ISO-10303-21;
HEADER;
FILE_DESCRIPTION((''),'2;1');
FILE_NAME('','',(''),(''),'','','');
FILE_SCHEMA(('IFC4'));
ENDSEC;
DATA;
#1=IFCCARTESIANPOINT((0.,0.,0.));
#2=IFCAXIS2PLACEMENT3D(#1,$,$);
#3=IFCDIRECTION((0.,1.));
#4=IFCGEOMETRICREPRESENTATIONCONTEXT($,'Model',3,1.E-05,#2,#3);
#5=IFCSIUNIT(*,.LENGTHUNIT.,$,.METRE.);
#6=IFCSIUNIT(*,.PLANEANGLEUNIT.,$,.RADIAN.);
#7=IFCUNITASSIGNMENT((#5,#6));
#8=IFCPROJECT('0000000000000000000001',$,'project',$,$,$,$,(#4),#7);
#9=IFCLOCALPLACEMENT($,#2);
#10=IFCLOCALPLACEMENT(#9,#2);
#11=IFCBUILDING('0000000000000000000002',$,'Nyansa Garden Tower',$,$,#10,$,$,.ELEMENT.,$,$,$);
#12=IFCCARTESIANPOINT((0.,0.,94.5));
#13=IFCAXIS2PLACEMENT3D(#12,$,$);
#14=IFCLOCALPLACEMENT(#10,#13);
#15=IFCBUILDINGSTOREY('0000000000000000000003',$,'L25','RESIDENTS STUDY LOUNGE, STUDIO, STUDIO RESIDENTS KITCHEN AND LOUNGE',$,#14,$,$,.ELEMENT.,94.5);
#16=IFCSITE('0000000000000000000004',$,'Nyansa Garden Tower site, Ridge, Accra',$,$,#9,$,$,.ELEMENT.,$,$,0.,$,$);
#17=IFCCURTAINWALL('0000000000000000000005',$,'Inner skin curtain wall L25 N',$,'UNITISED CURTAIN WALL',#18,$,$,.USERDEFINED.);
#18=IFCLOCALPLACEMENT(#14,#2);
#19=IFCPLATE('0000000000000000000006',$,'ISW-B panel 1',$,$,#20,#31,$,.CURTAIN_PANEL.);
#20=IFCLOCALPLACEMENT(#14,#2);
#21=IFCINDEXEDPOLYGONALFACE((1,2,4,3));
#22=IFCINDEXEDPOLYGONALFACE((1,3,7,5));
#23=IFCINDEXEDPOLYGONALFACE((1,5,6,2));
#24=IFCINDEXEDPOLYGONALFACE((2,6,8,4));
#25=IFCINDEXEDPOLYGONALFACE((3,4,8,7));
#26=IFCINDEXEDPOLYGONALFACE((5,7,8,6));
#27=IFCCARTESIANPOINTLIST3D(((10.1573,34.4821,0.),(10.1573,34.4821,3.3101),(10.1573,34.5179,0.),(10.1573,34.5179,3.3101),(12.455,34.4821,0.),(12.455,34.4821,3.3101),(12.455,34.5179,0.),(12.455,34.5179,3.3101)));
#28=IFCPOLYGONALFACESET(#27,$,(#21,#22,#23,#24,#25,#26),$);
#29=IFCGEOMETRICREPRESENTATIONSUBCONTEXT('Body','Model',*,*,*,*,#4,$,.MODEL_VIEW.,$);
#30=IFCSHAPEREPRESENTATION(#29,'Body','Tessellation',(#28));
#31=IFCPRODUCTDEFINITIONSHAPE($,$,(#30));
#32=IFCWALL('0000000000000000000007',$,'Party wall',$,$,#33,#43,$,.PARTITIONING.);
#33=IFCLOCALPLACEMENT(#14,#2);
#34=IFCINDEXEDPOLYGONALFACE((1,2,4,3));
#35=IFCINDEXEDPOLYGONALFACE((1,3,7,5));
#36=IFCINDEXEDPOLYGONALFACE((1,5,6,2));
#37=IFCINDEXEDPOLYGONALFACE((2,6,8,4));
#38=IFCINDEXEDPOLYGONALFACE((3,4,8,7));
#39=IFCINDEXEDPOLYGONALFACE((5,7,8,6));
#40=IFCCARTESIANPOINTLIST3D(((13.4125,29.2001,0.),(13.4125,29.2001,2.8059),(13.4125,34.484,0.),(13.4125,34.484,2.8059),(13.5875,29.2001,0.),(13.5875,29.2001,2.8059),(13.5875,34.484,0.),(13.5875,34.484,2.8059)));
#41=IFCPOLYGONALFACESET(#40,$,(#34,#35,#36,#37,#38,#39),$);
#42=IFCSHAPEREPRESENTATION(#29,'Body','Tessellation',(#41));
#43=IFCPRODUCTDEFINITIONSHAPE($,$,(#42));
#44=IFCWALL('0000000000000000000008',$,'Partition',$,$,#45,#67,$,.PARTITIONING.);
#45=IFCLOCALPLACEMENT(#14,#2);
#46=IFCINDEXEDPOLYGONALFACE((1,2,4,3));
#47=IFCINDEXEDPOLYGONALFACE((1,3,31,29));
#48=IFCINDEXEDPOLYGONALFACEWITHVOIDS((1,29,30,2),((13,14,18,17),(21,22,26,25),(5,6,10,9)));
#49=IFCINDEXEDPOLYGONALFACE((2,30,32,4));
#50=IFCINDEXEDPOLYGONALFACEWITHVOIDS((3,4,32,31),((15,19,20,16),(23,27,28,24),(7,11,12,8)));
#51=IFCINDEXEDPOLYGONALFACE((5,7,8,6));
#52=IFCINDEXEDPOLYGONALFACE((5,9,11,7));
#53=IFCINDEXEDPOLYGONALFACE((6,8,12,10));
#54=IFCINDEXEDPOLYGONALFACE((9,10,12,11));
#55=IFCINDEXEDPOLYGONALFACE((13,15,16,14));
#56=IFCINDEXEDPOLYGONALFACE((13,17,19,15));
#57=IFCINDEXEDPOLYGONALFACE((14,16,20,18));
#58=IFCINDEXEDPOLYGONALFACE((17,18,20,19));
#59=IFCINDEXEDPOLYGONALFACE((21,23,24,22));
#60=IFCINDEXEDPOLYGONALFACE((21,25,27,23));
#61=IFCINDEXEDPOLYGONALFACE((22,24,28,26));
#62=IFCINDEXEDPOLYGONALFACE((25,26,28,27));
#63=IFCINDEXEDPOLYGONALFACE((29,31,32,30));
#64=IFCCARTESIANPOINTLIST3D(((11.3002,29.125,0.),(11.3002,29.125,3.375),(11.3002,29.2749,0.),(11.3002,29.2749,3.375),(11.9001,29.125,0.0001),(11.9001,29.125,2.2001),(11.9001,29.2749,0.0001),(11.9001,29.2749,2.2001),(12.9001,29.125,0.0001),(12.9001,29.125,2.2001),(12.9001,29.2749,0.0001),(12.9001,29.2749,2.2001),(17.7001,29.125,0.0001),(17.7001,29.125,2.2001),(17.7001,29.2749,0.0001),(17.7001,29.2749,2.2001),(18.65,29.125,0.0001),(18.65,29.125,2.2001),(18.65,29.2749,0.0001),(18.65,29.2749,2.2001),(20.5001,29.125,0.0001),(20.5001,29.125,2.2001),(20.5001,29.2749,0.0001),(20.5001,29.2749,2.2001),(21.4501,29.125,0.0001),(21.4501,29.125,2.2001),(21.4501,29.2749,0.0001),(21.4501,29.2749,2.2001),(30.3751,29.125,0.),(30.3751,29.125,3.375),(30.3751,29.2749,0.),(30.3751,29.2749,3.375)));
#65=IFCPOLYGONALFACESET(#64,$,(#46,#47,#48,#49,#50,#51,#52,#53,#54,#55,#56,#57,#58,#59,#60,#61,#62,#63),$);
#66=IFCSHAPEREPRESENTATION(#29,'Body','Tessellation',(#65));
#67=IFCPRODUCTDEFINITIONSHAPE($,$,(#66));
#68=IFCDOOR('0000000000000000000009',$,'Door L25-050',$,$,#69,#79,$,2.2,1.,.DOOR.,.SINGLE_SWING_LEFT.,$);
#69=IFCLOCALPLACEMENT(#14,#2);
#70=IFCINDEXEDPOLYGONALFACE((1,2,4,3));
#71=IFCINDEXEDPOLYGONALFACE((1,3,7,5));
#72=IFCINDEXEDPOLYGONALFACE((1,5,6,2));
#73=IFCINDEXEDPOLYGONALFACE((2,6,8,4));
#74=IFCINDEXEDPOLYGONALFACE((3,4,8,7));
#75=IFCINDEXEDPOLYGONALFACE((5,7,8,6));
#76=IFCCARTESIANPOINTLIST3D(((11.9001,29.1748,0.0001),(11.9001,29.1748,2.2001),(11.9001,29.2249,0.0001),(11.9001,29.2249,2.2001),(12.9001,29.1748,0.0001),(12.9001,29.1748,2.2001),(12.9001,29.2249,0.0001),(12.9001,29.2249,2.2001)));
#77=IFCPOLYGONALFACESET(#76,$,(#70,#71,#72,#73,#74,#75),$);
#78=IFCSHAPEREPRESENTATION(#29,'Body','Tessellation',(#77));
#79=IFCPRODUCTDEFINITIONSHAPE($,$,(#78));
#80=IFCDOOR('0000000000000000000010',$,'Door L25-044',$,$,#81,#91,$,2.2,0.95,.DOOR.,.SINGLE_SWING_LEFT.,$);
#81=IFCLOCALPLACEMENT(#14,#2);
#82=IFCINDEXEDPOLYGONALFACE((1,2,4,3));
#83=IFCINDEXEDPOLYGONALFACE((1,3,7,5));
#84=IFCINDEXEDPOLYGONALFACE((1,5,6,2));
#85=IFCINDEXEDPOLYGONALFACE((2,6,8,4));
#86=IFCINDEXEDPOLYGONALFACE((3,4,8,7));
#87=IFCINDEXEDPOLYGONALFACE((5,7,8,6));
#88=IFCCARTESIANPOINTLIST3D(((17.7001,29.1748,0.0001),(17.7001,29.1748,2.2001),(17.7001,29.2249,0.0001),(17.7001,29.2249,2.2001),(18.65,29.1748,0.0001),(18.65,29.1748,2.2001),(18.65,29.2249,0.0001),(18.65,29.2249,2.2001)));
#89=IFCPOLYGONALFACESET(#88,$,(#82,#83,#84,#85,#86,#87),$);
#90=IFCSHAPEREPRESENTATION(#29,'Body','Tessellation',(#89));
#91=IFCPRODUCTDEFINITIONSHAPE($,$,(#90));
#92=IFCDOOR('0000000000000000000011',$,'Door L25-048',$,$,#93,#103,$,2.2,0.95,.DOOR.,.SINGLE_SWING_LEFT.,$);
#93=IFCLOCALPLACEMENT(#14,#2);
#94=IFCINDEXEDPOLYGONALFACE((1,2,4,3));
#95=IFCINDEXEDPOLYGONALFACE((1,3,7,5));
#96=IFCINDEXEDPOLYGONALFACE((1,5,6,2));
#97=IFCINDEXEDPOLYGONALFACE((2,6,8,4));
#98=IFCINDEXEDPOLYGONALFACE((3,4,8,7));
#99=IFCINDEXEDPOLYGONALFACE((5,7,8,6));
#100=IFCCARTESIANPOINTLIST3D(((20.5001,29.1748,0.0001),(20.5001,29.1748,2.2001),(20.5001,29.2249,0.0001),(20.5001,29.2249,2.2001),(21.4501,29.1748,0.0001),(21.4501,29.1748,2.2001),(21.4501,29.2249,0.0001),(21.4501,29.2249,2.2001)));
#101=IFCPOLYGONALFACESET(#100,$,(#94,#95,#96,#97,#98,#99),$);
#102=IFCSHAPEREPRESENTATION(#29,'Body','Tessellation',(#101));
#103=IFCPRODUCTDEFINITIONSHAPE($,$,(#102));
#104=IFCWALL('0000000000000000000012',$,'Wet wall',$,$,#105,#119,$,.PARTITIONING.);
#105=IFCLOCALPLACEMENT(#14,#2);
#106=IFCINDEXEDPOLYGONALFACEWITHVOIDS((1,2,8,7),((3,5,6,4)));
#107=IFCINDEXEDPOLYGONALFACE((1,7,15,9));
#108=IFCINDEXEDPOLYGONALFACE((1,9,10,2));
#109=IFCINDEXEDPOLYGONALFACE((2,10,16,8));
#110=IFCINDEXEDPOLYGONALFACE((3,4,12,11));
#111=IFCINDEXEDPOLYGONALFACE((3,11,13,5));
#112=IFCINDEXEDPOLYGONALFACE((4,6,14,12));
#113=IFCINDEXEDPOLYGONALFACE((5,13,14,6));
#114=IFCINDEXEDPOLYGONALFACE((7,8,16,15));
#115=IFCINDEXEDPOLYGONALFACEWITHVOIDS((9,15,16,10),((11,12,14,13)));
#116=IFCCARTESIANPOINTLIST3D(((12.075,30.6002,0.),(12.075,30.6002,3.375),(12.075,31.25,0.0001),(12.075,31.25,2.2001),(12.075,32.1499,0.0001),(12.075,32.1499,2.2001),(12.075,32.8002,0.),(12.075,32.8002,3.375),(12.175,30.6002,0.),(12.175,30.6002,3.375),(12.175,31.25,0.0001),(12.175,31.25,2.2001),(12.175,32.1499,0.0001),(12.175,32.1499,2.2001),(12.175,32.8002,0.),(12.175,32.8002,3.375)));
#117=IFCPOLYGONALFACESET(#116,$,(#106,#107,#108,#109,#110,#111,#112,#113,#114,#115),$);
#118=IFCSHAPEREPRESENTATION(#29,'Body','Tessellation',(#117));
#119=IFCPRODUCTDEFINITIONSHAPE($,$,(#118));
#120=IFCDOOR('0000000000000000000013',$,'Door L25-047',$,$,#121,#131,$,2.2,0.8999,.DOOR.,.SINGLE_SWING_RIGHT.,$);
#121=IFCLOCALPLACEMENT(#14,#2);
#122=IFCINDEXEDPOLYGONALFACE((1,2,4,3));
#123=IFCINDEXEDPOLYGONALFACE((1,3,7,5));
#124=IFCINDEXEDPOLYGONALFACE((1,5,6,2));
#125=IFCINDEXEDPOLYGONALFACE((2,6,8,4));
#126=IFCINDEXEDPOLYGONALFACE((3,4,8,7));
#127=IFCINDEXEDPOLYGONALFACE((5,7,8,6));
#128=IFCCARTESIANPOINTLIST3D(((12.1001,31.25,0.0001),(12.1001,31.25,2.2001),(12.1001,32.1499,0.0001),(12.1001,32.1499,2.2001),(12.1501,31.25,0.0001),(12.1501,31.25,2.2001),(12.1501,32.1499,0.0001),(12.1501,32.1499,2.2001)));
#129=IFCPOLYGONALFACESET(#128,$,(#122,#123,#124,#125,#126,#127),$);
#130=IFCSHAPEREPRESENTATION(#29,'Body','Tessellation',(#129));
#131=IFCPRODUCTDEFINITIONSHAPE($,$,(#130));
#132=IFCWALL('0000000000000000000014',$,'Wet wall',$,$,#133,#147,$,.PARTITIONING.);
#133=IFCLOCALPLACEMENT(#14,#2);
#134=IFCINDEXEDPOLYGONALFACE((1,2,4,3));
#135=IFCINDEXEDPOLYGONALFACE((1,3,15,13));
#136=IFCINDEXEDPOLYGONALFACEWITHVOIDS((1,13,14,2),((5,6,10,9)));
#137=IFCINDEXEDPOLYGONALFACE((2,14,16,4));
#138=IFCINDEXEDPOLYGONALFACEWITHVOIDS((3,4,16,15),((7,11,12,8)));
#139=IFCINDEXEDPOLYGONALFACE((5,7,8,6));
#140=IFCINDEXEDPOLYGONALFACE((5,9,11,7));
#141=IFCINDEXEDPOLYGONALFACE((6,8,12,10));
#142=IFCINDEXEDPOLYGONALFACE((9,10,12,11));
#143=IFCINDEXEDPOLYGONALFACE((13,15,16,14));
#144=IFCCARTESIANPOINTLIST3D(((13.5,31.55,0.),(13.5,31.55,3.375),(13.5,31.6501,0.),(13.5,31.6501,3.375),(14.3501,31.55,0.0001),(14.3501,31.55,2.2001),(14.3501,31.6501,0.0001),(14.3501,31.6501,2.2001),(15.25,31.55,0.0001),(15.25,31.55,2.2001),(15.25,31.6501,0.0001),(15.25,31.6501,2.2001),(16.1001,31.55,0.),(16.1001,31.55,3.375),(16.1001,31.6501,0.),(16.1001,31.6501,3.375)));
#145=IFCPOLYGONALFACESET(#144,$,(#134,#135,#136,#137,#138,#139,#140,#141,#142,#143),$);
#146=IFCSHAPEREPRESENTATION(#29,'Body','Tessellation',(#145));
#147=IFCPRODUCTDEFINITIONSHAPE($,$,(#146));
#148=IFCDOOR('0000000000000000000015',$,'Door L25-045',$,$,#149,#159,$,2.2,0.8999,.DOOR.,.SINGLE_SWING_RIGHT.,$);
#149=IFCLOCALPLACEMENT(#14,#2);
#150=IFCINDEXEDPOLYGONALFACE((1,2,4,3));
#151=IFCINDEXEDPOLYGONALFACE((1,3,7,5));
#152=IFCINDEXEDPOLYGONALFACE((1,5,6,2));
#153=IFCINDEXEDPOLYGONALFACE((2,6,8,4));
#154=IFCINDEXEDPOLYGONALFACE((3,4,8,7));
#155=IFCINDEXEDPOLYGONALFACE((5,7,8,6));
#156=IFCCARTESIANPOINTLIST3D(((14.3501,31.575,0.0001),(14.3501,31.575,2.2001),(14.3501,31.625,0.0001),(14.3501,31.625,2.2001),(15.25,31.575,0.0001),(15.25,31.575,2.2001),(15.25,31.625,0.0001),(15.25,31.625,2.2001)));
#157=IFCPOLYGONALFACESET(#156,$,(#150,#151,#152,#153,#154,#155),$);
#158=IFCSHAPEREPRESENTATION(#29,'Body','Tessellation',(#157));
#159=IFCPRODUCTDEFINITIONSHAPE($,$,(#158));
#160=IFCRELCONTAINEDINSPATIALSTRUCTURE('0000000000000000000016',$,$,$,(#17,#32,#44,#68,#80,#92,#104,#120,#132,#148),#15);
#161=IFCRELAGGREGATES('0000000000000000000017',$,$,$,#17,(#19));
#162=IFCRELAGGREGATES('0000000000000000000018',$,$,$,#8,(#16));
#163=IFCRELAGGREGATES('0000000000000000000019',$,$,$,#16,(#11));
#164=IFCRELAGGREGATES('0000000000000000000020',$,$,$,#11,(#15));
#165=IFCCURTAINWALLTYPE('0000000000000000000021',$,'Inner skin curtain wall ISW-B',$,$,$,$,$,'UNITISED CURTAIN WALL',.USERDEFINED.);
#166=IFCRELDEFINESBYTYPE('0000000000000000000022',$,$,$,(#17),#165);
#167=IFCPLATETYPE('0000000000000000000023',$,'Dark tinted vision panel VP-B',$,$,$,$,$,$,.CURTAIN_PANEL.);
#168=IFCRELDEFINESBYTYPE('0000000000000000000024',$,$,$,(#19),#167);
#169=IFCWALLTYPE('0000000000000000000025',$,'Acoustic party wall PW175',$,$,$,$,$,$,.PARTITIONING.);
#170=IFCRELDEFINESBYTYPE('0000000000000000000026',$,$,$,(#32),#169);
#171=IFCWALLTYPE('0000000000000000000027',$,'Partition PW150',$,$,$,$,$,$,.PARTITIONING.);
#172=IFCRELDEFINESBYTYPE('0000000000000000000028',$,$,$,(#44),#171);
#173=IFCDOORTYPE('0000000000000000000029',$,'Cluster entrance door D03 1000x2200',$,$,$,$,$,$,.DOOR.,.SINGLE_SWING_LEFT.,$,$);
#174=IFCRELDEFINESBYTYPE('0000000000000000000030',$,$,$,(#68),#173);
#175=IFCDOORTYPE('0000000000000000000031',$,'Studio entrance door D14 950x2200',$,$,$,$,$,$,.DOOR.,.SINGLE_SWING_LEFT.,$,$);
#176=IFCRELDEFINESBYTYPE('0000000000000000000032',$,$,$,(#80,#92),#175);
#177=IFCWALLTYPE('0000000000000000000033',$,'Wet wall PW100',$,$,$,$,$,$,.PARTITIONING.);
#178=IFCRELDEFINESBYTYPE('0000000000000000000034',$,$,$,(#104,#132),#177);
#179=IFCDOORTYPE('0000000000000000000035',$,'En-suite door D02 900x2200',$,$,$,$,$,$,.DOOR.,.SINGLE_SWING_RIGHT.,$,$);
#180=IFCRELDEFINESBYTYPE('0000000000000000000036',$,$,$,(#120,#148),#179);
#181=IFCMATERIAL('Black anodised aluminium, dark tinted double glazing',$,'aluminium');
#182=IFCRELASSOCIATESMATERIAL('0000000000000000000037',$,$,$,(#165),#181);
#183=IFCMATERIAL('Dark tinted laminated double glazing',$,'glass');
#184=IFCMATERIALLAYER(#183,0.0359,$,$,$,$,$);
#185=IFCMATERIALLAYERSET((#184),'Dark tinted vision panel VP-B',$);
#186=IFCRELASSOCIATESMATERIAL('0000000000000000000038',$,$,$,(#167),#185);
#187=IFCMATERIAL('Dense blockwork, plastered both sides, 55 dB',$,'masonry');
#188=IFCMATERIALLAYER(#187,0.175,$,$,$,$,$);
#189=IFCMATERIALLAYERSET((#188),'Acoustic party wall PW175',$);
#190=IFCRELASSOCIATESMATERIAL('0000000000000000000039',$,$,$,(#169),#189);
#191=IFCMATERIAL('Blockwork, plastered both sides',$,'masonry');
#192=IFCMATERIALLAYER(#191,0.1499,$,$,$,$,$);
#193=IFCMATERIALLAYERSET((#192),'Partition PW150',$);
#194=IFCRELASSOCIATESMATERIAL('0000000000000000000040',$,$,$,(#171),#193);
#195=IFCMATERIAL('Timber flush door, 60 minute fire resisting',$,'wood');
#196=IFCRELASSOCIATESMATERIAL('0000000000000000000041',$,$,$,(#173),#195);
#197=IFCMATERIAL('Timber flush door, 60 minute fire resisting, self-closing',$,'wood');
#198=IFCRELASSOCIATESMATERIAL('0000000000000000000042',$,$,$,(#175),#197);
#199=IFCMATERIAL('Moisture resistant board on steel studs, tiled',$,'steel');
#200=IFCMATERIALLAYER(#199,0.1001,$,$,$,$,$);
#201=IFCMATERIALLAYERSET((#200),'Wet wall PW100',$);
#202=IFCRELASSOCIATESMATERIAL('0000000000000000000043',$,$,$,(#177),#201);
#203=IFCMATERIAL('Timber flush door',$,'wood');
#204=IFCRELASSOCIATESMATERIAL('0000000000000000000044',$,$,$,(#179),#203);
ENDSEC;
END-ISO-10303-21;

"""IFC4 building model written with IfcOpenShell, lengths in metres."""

from ifc_helpers import new_model, si_unit, direction, frame, frame_2d, origin, origin_2d, place, context, subcontext, project, spatial, rectangle, extrude, material, layer, layer_set, type_object, element, fill, aggregate, save


model = new_model("IFC4")

# Units and contexts
model_context = context("Model", 3, precision=1e-05, world=origin(), true_north=direction((0.0, 1.0)))
body_context = subcontext(model_context, "Body", "Model", "MODEL_VIEW")
ifc_project = project(units=[si_unit("LENGTHUNIT", "METRE"), si_unit("PLANEANGLEUNIT", "RADIAN")], contexts=[model_context])

# Site, building, storey
site_placement = place(None, origin())
site = spatial("IfcSite", under=ifc_project, at=site_placement, Name="Nyansa Garden Tower site, Ridge, Accra", CompositionType="ELEMENT", RefElevation=0.0)
building_placement = place(site_placement, origin())
building = spatial("IfcBuilding", under=site, at=building_placement, Name="Nyansa Garden Tower", CompositionType="ELEMENT")
storey_placement = place(building_placement, frame((0.0, 0.0, 94.5)))
storey = spatial("IfcBuildingStorey", under=building, at=storey_placement, Name="L25", Description="RESIDENTS STUDY LOUNGE, STUDIO, STUDIO RESIDENTS KITCHEN AND LOUNGE", CompositionType="ELEMENT", Elevation=94.5)

# Curtain wall
ifc_material_1 = material(Name="Black anodised aluminium, dark tinted double glazing", Category="aluminium")
curtain_wall_type = type_object("IfcCurtainWallType", Name="Inner skin curtain wall ISW-B", ElementType="UNITISED CURTAIN WALL", PredefinedType="USERDEFINED", material=ifc_material_1)
curtain_wall_placement = place(storey_placement, origin())
curtain_wall = element("IfcCurtainWall", 1, at=curtain_wall_placement, inside=storey, type_object=curtain_wall_type, Name="Inner skin curtain wall L25 N", ObjectType="UNITISED CURTAIN WALL", PredefinedType="USERDEFINED")

# Plate
ifc_material_2 = material(Name="Dark tinted laminated double glazing", Category="glass")
ifc_layer_1 = layer(ifc_material_2, 0.0359)
ifc_layer_set_1 = layer_set([ifc_layer_1], Name="Dark tinted vision panel VP-B")
plate_type = type_object("IfcPlateType", Name="Dark tinted vision panel VP-B", PredefinedType="CURTAIN_PANEL", material=ifc_layer_set_1)
plate_placement = place(storey_placement, frame((11.3062, 34.5, 0.0), z_axis=(0.0, 0.0, 1.0), x_axis=(-1.0, 0.0, 0.0)))
plate = element("IfcPlate", 2, at=plate_placement, type_object=plate_type, Name="ISW-B panel 1", PredefinedType="CURTAIN_PANEL", context=body_context, shape_type="SweptSolid", body=[
    extrude(rectangle(XDim=2.2976, YDim=0.0359, at=origin_2d()), origin(), (0.0, 0.0, 1.0), 3.3101),
])
aggregate(curtain_wall, [plate])

# Wall
ifc_material_3 = material(Name="Dense blockwork, plastered both sides, 55 dB", Category="masonry")
ifc_layer_2 = layer(ifc_material_3, 0.175)
ifc_layer_set_2 = layer_set([ifc_layer_2], Name="Acoustic party wall PW175")
wall_type_1 = type_object("IfcWallType", Name="Acoustic party wall PW175", PredefinedType="PARTITIONING", material=ifc_layer_set_2)
wall_1_placement = place(storey_placement, frame((13.5, 29.2, 0.0), z_axis=(0.0, 0.0, 1.0), x_axis=(0.0, 1.0, 0.0)))
element("IfcWall", 3, at=wall_1_placement, inside=storey, type_object=wall_type_1, Name="Party wall", PredefinedType="PARTITIONING", context=body_context, shape_type="SweptSolid", body=[
    extrude(rectangle(XDim=5.2839, YDim=0.175, at=frame_2d((2.6421, 0.0))), origin(), (0.0, 0.0, 1.0), 2.8059),
])

# Wall, openings, doors
ifc_material_4 = material(Name="Blockwork, plastered both sides", Category="masonry")
ifc_layer_3 = layer(ifc_material_4, 0.1499)
ifc_layer_set_3 = layer_set([ifc_layer_3], Name="Partition PW150")
wall_type_2 = type_object("IfcWallType", Name="Partition PW150", PredefinedType="PARTITIONING", material=ifc_layer_set_3)
wall_2_placement = place(storey_placement, frame((11.3, 29.2, 0.0), z_axis=(0.0, 0.0, 1.0), x_axis=(1.0, 0.0, 0.0)))
wall_2 = element("IfcWall", 4, at=wall_2_placement, inside=storey, type_object=wall_type_2, Name="Partition", PredefinedType="PARTITIONING", context=body_context, shape_type="SweptSolid", body=[
    extrude(rectangle(XDim=19.075, YDim=0.1499, at=frame_2d((9.5376, 0.0))), origin(), (0.0, 0.0, 1.0), 3.375),
])
opening_1_placement = place(wall_2_placement, frame((6.3999, 0.0, 0.0)))
opening_1 = element("IfcOpeningElement", 5, at=opening_1_placement, cuts=wall_2, PredefinedType="OPENING", context=body_context, shape_type="SweptSolid", body=[
    extrude(rectangle(XDim=0.95, YDim=2.2, at=frame_2d((0.4751, 1.1001))), frame((0.0, 0.085, 0.0), z_axis=(0.0, -1.0, 0.0), x_axis=(1.0, 0.0, 0.0)), (0.0, 0.0, 1.0), 0.1699),
])
opening_2_placement = place(wall_2_placement, frame((9.2, 0.0, 0.0)))
opening_2 = element("IfcOpeningElement", 6, at=opening_2_placement, cuts=wall_2, PredefinedType="OPENING", context=body_context, shape_type="SweptSolid", body=[
    extrude(rectangle(XDim=0.95, YDim=2.2, at=frame_2d((0.4751, 1.1001))), frame((0.0, 0.085, 0.0), z_axis=(0.0, -1.0, 0.0), x_axis=(1.0, 0.0, 0.0)), (0.0, 0.0, 1.0), 0.1699),
])
opening_3_placement = place(wall_2_placement, frame((0.6001, 0.0, 0.0)))
opening_3 = element("IfcOpeningElement", 7, at=opening_3_placement, cuts=wall_2, PredefinedType="OPENING", context=body_context, shape_type="SweptSolid", body=[
    extrude(rectangle(XDim=1.0, YDim=2.2, at=frame_2d((0.5, 1.1001))), frame((0.0, 0.085, 0.0), z_axis=(0.0, -1.0, 0.0), x_axis=(1.0, 0.0, 0.0)), (0.0, 0.0, 1.0), 0.1699),
])
ifc_material_5 = material(Name="Timber flush door, 60 minute fire resisting", Category="wood")
door_type_1 = type_object("IfcDoorType", Name="Cluster entrance door D03 1000x2200", OperationType="SINGLE_SWING_LEFT", PredefinedType="DOOR", material=ifc_material_5)
door_1_placement = place(opening_3_placement, origin())
door_1 = element("IfcDoor", 8, at=door_1_placement, inside=storey, type_object=door_type_1, Name="Door L25-050", OperationType="SINGLE_SWING_LEFT", OverallHeight=2.2, OverallWidth=1.0, PredefinedType="DOOR", context=body_context, shape_type="SweptSolid", body=[
    extrude(rectangle(XDim=1.0, YDim=2.2, at=frame_2d((0.5, 1.1001))), frame((0.0, 0.0249, 0.0), z_axis=(0.0, -1.0, 0.0), x_axis=(1.0, 0.0, 0.0)), (0.0, 0.0, 1.0), 0.05),
])
fill(opening_3, door_1)
ifc_material_6 = material(Name="Timber flush door, 60 minute fire resisting, self-closing", Category="wood")
door_type_2 = type_object("IfcDoorType", Name="Studio entrance door D14 950x2200", OperationType="SINGLE_SWING_LEFT", PredefinedType="DOOR", material=ifc_material_6)
door_2_placement = place(opening_1_placement, origin())
door_2 = element("IfcDoor", 9, at=door_2_placement, inside=storey, type_object=door_type_2, Name="Door L25-044", OperationType="SINGLE_SWING_LEFT", OverallHeight=2.2, OverallWidth=0.95, PredefinedType="DOOR", context=body_context, shape_type="SweptSolid", body=[
    extrude(rectangle(XDim=0.95, YDim=2.2, at=frame_2d((0.4751, 1.1001))), frame((0.0, 0.0249, 0.0), z_axis=(0.0, -1.0, 0.0), x_axis=(1.0, 0.0, 0.0)), (0.0, 0.0, 1.0), 0.05),
])
fill(opening_1, door_2)
door_3_placement = place(opening_2_placement, origin())
door_3 = element("IfcDoor", 10, at=door_3_placement, inside=storey, type_object=door_type_2, Name="Door L25-048", OperationType="SINGLE_SWING_LEFT", OverallHeight=2.2, OverallWidth=0.95, PredefinedType="DOOR", context=body_context, shape_type="SweptSolid", body=[
    extrude(rectangle(XDim=0.95, YDim=2.2, at=frame_2d((0.4751, 1.1001))), frame((0.0, 0.0249, 0.0), z_axis=(0.0, -1.0, 0.0), x_axis=(1.0, 0.0, 0.0)), (0.0, 0.0, 1.0), 0.05),
])
fill(opening_2, door_3)

# Walls, openings, doors
ifc_material_7 = material(Name="Moisture resistant board on steel studs, tiled", Category="steel")
ifc_layer_4 = layer(ifc_material_7, 0.1001)
ifc_layer_set_4 = layer_set([ifc_layer_4], Name="Wet wall PW100")
wall_type_3 = type_object("IfcWallType", Name="Wet wall PW100", PredefinedType="PARTITIONING", material=ifc_layer_set_4)
wall_3_placement = place(storey_placement, frame((12.125, 30.6001, 0.0), z_axis=(0.0, 0.0, 1.0), x_axis=(0.0, 1.0, 0.0)))
wall_3 = element("IfcWall", 11, at=wall_3_placement, inside=storey, type_object=wall_type_3, Name="Wet wall", PredefinedType="PARTITIONING", context=body_context, shape_type="SweptSolid", body=[
    extrude(rectangle(XDim=2.2, YDim=0.1001, at=frame_2d((1.1001, 0.0))), origin(), (0.0, 0.0, 1.0), 3.375),
])
opening_4_placement = place(wall_3_placement, frame((0.6499, 0.0, 0.0)))
opening_4 = element("IfcOpeningElement", 12, at=opening_4_placement, cuts=wall_3, PredefinedType="OPENING", context=body_context, shape_type="SweptSolid", body=[
    extrude(rectangle(XDim=0.8999, YDim=2.2, at=frame_2d((0.45, 1.1001))), frame((0.0, 0.0601, 0.0), z_axis=(0.0, -1.0, 0.0), x_axis=(1.0, 0.0, 0.0)), (0.0, 0.0, 1.0), 0.1201),
])
ifc_material_8 = material(Name="Timber flush door", Category="wood")
door_type_3 = type_object("IfcDoorType", Name="En-suite door D02 900x2200", OperationType="SINGLE_SWING_RIGHT", PredefinedType="DOOR", material=ifc_material_8)
door_4_placement = place(opening_4_placement, origin())
door_4 = element("IfcDoor", 13, at=door_4_placement, inside=storey, type_object=door_type_3, Name="Door L25-047", OperationType="SINGLE_SWING_RIGHT", OverallHeight=2.2, OverallWidth=0.8999, PredefinedType="DOOR", context=body_context, shape_type="SweptSolid", body=[
    extrude(rectangle(XDim=0.8999, YDim=2.2, at=frame_2d((0.45, 1.1001))), frame((0.0, 0.0249, 0.0), z_axis=(0.0, -1.0, 0.0), x_axis=(1.0, 0.0, 0.0)), (0.0, 0.0, 1.0), 0.05),
])
fill(opening_4, door_4)
wall_4_placement = place(storey_placement, frame((13.5, 31.6001, 0.0), z_axis=(0.0, 0.0, 1.0), x_axis=(1.0, 0.0, 0.0)))
wall_4 = element("IfcWall", 14, at=wall_4_placement, inside=storey, type_object=wall_type_3, Name="Wet wall", PredefinedType="PARTITIONING", context=body_context, shape_type="SweptSolid", body=[
    extrude(rectangle(XDim=2.6001, YDim=0.1001, at=frame_2d((1.3, 0.0))), origin(), (0.0, 0.0, 1.0), 3.375),
])
opening_5_placement = place(wall_4_placement, frame((0.8501, 0.0, 0.0)))
opening_5 = element("IfcOpeningElement", 15, at=opening_5_placement, cuts=wall_4, PredefinedType="OPENING", context=body_context, shape_type="SweptSolid", body=[
    extrude(rectangle(XDim=0.8999, YDim=2.2, at=frame_2d((0.45, 1.1001))), frame((0.0, 0.0601, 0.0), z_axis=(0.0, -1.0, 0.0), x_axis=(1.0, 0.0, 0.0)), (0.0, 0.0, 1.0), 0.1201),
])
door_5_placement = place(opening_5_placement, origin())
door_5 = element("IfcDoor", 16, at=door_5_placement, inside=storey, type_object=door_type_3, Name="Door L25-045", OperationType="SINGLE_SWING_RIGHT", OverallHeight=2.2, OverallWidth=0.8999, PredefinedType="DOOR", context=body_context, shape_type="SweptSolid", body=[
    extrude(rectangle(XDim=0.8999, YDim=2.2, at=frame_2d((0.45, 1.1001))), frame((0.0, 0.0249, 0.0), z_axis=(0.0, -1.0, 0.0), x_axis=(1.0, 0.0, 0.0)), (0.0, 0.0, 1.0), 0.05),
])
fill(opening_5, door_5)

save(model, "model.ifc")
